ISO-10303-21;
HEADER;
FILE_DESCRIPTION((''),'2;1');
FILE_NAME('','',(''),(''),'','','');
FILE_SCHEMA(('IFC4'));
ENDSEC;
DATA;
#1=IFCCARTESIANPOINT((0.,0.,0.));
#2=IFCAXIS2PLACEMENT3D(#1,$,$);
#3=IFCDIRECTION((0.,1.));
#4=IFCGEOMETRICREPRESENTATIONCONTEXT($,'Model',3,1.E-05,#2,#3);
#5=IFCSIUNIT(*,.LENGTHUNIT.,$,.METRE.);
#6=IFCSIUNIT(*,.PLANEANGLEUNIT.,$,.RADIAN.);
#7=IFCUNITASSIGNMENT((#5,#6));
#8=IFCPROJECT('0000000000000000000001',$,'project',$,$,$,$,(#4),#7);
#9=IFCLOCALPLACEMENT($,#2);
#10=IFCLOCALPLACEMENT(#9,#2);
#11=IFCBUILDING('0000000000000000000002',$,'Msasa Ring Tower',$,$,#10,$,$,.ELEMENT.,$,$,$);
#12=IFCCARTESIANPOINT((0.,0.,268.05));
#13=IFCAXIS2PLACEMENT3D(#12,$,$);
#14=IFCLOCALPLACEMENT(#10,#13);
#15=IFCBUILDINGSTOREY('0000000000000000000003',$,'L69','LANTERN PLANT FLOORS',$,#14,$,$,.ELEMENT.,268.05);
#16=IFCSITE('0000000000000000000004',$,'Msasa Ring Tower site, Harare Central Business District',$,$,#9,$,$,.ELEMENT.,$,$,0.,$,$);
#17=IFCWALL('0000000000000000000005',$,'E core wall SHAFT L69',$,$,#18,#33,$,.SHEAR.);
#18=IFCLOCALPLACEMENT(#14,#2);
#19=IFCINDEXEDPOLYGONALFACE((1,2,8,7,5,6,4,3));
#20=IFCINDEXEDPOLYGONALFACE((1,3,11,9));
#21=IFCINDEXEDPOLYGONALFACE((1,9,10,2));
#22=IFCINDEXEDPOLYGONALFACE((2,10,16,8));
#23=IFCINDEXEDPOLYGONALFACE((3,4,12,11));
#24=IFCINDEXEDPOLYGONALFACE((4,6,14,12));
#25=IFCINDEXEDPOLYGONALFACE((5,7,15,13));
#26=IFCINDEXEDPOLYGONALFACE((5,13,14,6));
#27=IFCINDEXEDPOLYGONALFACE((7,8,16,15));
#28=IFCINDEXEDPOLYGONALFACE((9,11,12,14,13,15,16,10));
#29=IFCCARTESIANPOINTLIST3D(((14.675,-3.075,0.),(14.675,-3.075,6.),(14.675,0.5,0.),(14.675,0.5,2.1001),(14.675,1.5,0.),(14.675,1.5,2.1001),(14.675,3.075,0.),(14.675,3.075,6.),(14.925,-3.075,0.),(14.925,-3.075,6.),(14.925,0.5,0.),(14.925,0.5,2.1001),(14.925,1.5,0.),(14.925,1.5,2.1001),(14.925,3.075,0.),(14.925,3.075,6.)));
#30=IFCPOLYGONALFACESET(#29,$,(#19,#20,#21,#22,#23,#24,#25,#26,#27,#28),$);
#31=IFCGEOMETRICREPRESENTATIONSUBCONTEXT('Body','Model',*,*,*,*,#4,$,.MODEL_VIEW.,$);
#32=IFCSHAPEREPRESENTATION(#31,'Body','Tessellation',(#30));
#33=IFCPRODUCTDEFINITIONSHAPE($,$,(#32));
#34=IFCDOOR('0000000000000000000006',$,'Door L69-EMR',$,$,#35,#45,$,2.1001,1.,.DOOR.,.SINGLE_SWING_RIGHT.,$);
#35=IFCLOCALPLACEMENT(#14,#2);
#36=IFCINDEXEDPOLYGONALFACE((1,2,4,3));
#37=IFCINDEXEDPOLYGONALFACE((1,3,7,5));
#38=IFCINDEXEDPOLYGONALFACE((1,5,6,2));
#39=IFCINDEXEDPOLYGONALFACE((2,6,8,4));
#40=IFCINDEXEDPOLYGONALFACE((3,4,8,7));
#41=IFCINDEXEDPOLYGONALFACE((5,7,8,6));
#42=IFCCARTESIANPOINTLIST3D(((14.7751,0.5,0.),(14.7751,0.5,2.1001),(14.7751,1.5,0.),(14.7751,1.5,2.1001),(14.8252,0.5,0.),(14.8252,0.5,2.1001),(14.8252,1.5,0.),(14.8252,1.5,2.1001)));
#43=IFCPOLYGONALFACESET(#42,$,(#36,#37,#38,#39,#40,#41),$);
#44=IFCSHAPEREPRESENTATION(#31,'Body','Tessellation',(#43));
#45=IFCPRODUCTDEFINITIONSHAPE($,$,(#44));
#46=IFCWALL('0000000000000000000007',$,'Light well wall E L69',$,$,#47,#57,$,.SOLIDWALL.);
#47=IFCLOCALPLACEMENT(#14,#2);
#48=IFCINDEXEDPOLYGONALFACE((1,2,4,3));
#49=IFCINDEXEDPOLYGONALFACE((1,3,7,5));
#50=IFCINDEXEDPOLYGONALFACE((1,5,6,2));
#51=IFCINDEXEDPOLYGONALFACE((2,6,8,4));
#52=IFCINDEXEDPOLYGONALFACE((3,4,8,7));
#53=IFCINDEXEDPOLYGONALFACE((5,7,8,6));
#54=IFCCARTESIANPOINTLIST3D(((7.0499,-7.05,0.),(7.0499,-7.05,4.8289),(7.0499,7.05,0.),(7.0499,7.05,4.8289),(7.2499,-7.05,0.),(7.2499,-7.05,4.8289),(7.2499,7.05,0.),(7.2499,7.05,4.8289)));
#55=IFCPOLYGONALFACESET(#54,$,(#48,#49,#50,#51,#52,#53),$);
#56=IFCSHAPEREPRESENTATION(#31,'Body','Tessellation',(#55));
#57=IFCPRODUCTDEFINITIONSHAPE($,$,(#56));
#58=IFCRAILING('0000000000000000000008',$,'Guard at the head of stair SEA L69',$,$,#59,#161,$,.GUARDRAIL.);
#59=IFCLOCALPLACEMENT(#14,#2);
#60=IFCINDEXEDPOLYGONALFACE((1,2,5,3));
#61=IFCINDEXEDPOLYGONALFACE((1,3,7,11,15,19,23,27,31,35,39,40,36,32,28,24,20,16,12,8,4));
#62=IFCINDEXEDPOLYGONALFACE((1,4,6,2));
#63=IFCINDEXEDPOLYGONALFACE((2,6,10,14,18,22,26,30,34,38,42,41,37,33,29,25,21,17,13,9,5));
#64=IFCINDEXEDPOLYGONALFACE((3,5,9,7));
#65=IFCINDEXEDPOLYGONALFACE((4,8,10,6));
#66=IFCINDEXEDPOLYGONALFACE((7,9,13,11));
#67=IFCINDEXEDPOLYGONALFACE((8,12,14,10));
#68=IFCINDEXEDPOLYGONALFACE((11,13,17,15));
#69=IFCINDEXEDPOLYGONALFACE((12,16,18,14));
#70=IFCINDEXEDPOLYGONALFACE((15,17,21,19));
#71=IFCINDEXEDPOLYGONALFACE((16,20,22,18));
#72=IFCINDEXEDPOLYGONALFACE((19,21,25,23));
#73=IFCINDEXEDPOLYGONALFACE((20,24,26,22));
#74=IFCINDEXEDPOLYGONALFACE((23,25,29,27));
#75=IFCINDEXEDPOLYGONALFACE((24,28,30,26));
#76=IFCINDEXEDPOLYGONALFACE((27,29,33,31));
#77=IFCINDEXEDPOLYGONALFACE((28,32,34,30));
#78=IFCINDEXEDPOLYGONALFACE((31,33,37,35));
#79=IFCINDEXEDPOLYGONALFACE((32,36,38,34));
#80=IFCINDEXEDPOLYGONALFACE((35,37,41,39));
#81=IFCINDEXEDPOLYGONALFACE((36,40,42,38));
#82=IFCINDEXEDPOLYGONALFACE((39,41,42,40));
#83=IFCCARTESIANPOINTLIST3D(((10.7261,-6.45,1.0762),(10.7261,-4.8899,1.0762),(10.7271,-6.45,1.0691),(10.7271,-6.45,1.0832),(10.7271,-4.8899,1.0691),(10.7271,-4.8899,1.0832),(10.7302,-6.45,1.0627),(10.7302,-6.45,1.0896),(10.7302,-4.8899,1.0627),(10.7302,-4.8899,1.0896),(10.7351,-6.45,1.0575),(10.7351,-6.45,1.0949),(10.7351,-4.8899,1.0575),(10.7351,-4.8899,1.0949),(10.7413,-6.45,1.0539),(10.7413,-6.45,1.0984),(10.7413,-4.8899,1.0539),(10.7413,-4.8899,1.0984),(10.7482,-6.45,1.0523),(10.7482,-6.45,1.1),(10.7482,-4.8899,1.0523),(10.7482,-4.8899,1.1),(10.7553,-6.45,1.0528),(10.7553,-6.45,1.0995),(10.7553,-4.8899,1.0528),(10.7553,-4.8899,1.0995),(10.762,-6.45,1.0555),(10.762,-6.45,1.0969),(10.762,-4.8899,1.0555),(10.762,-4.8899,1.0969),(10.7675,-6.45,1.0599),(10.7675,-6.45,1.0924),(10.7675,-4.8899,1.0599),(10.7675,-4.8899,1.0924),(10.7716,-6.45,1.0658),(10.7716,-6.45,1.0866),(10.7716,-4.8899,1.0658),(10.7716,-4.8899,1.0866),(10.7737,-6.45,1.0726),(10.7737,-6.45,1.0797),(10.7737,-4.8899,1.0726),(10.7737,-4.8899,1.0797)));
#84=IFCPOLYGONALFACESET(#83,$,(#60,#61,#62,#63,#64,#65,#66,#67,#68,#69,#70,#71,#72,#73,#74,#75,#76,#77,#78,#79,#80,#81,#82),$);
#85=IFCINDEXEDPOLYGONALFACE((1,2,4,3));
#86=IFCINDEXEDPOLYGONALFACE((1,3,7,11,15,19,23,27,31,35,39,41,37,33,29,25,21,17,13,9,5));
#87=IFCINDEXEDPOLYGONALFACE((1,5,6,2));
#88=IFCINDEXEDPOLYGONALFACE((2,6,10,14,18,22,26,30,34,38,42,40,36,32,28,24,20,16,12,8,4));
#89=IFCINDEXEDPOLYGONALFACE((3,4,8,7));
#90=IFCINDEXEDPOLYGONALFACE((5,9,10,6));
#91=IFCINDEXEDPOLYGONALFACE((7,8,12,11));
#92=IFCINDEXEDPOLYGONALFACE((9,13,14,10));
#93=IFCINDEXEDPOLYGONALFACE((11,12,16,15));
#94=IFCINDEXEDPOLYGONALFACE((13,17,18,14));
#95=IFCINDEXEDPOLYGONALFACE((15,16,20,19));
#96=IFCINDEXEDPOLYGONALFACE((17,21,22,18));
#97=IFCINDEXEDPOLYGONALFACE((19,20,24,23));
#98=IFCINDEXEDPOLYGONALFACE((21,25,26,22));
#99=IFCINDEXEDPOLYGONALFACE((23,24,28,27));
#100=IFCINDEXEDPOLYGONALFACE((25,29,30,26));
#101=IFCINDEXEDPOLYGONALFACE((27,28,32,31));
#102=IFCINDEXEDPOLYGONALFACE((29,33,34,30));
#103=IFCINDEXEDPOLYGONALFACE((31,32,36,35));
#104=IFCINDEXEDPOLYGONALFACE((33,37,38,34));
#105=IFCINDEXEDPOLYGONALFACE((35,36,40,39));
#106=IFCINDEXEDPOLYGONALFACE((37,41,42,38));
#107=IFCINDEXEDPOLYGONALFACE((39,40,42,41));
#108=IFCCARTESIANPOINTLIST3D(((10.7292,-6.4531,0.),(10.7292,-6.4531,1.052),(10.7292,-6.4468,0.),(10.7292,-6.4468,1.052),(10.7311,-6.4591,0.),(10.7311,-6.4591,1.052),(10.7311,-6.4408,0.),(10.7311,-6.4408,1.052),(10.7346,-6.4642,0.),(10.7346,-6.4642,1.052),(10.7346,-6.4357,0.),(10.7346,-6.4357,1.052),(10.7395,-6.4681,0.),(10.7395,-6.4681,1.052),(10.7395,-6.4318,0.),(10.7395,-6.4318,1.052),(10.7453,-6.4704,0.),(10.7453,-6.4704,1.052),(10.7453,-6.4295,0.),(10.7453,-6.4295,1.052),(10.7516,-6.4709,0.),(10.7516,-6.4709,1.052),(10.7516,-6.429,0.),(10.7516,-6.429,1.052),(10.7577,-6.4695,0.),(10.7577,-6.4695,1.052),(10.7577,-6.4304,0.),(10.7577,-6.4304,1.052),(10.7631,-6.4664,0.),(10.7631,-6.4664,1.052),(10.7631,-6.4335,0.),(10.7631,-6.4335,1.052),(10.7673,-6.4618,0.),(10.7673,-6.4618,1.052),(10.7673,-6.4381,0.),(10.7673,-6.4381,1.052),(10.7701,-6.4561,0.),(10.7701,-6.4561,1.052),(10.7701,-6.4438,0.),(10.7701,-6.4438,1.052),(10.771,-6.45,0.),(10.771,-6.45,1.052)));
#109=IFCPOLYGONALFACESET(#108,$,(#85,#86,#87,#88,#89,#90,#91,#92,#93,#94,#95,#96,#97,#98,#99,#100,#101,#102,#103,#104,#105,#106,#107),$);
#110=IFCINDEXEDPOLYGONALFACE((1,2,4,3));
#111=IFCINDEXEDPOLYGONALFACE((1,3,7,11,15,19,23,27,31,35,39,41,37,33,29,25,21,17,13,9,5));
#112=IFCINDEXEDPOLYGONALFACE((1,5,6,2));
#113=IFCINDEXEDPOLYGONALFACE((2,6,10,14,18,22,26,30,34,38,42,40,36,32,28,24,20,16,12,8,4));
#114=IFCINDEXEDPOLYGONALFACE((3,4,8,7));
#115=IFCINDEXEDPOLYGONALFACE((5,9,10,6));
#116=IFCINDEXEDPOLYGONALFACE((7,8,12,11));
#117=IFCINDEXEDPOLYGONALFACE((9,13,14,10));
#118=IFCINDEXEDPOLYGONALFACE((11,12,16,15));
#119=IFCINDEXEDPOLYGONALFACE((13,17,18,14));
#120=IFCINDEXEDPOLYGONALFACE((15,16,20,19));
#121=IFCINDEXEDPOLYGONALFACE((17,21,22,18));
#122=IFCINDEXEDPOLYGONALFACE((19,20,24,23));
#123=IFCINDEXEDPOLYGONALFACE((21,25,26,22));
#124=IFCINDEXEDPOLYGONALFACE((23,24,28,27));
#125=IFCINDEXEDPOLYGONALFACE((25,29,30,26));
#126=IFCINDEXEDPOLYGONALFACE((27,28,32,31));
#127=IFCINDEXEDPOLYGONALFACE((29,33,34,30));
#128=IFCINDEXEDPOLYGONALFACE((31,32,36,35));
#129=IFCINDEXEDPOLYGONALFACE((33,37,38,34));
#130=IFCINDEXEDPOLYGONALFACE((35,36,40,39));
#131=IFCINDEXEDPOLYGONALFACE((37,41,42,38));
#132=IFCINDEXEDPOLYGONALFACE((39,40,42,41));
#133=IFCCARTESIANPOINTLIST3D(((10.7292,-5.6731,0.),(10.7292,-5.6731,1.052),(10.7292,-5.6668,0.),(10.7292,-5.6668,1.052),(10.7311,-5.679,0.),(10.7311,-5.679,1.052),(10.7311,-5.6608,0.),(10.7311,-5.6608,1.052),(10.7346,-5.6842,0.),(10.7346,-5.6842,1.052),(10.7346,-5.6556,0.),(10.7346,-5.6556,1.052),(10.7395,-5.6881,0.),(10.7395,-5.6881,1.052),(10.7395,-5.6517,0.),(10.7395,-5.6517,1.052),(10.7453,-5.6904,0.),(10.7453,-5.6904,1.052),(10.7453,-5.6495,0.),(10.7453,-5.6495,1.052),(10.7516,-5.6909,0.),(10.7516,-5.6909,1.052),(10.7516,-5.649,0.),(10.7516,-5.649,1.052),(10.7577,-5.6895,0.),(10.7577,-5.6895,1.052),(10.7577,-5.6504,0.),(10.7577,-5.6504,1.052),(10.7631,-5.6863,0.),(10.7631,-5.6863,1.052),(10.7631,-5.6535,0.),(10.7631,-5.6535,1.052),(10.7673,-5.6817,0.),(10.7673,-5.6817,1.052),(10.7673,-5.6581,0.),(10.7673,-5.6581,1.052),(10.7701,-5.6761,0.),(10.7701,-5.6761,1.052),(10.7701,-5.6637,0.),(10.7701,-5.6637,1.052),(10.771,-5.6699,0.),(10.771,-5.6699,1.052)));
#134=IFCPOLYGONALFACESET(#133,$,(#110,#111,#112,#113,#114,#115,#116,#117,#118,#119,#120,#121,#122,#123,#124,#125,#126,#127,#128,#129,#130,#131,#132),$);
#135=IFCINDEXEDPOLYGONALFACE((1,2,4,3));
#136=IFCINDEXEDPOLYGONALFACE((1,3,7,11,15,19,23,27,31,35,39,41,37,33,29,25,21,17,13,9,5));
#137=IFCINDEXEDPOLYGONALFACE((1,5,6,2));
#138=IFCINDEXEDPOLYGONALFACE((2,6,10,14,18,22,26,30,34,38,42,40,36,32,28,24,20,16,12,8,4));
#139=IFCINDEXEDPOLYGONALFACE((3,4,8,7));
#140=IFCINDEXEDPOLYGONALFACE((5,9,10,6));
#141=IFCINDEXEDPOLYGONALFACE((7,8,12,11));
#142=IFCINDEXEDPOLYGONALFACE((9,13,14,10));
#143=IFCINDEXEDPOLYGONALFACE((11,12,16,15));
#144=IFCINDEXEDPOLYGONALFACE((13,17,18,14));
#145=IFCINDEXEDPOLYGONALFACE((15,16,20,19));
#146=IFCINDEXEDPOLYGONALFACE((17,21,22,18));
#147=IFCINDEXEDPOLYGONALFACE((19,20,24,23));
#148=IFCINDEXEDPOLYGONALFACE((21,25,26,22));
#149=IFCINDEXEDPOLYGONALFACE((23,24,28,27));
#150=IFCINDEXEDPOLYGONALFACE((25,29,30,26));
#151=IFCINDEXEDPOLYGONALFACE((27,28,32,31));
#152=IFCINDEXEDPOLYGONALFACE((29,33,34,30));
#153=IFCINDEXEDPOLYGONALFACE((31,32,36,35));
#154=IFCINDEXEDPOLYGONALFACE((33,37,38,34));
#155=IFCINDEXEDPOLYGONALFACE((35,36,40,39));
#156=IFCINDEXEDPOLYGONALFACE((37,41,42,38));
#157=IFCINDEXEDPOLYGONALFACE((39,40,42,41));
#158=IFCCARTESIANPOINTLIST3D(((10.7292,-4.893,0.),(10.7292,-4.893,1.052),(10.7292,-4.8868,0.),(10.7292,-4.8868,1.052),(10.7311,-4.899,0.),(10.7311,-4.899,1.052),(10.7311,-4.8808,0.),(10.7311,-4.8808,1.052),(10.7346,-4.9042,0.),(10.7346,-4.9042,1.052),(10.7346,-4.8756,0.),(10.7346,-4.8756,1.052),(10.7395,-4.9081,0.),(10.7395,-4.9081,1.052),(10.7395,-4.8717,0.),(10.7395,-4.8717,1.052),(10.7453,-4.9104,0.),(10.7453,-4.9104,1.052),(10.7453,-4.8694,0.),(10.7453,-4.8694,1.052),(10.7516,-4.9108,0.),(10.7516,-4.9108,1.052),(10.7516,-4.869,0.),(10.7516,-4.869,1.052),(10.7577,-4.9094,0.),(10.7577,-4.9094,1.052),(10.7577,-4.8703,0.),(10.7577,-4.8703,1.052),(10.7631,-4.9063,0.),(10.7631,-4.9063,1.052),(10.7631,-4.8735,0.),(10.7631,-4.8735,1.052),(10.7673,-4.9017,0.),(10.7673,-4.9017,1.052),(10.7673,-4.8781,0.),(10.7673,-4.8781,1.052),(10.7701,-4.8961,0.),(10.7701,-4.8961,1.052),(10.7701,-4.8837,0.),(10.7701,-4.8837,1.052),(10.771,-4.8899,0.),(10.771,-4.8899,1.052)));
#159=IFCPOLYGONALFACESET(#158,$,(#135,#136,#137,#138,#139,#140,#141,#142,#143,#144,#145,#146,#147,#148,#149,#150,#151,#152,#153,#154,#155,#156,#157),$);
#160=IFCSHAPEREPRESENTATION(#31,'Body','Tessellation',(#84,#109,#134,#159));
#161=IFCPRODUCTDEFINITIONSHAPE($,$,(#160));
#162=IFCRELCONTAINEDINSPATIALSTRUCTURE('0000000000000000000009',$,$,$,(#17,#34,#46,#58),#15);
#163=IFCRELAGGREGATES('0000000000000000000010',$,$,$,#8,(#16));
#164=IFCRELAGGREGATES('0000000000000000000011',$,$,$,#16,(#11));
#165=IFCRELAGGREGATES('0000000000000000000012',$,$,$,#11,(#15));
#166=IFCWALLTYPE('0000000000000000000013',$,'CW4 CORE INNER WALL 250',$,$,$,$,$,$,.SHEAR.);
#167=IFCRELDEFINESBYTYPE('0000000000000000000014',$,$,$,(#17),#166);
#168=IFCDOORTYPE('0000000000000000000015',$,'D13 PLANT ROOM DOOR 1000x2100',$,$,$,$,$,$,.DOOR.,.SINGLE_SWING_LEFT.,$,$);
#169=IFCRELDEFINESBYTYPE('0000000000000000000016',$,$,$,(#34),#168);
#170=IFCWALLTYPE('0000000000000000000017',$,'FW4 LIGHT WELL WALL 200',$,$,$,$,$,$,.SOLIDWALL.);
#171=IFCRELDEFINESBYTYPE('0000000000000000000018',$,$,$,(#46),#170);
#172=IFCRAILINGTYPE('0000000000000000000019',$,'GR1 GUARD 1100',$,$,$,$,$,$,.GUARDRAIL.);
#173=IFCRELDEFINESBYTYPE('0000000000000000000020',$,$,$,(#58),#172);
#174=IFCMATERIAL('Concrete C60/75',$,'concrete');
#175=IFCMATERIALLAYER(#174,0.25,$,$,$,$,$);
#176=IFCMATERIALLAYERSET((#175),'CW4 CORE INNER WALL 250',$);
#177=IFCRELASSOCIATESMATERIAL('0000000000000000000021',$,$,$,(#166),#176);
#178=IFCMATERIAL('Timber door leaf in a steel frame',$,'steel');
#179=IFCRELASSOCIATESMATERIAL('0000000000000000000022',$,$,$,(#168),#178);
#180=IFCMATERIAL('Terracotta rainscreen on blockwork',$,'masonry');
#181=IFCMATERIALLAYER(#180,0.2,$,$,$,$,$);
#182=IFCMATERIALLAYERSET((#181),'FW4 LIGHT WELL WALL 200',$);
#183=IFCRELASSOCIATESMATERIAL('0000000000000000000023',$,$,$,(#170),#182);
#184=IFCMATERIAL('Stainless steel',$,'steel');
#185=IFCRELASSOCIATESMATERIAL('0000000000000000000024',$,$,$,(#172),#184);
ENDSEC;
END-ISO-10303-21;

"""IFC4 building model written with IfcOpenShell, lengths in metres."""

from ifc_helpers import new_model, si_unit, direction, frame, frame_2d, origin, origin_2d, place, context, subcontext, project, spatial, rectangle, circle, extrude, material, layer, layer_set, type_object, element, fill, save


model = new_model("IFC4")

# Units and contexts
model_context = context("Model", 3, precision=1e-05, world=origin(), true_north=direction((0.0, 1.0)))
body_context = subcontext(model_context, "Body", "Model", "MODEL_VIEW")
ifc_project = project(units=[si_unit("LENGTHUNIT", "METRE"), si_unit("PLANEANGLEUNIT", "RADIAN")], contexts=[model_context])

# Site, building, storey
site_placement = place(None, origin())
site = spatial("IfcSite", under=ifc_project, at=site_placement, Name="Msasa Ring Tower site, Harare Central Business District", CompositionType="ELEMENT", RefElevation=0.0)
building_placement = place(site_placement, origin())
building = spatial("IfcBuilding", under=site, at=building_placement, Name="Msasa Ring Tower", CompositionType="ELEMENT")
storey_placement = place(building_placement, frame((0.0, 0.0, 268.05)))
storey = spatial("IfcBuildingStorey", under=building, at=storey_placement, Name="L69", Description="LANTERN PLANT FLOORS", CompositionType="ELEMENT", Elevation=268.05)

# Shared definitions
ifc_material_1 = material(Name="Concrete C60/75", Category="concrete")
ifc_layer_1 = layer(ifc_material_1, 0.25)
ifc_layer_set_1 = layer_set([ifc_layer_1], Name="CW4 CORE INNER WALL 250")
wall_type_1 = type_object("IfcWallType", Name="CW4 CORE INNER WALL 250", PredefinedType="SHEAR", material=ifc_layer_set_1)

# Wall, opening, door
wall_1_placement = place(storey_placement, frame((14.8, -3.075, 0.0), z_axis=(0.0, 0.0, 1.0), x_axis=(0.0, 1.0, 0.0)))
wall_1 = element("IfcWall", 1, at=wall_1_placement, inside=storey, type_object=wall_type_1, Name="E core wall SHAFT L69", PredefinedType="SHEAR", context=body_context, shape_type="SweptSolid", body=[
    extrude(rectangle(XDim=6.1499, YDim=0.25, at=frame_2d((3.075, 0.0))), origin(), (0.0, 0.0, 1.0), 6.0),
])
opening_1_placement = place(wall_1_placement, frame((3.575, 0.0, 0.0)))
opening_1 = element("IfcOpeningElement", 2, at=opening_1_placement, cuts=wall_1, PredefinedType="OPENING", context=body_context, shape_type="SweptSolid", body=[
    extrude(rectangle(XDim=1.0, YDim=2.1001, at=frame_2d((0.5, 1.05))), frame((0.0, 0.135, 0.0), z_axis=(0.0, -1.0, 0.0), x_axis=(1.0, 0.0, 0.0)), (0.0, 0.0, 1.0), 0.27),
])
ifc_material_2 = material(Name="Timber door leaf in a steel frame", Category="steel")
door_type_1 = type_object("IfcDoorType", Name="D13 PLANT ROOM DOOR 1000x2100", OperationType="SINGLE_SWING_LEFT", PredefinedType="DOOR", material=ifc_material_2)
door_1_placement = place(opening_1_placement, origin())
door_1 = element("IfcDoor", 3, at=door_1_placement, inside=storey, type_object=door_type_1, Name="Door L69-EMR", OperationType="SINGLE_SWING_RIGHT", OverallHeight=2.1001, OverallWidth=1.0, PredefinedType="DOOR", context=body_context, shape_type="SweptSolid", body=[
    extrude(rectangle(XDim=1.0, YDim=2.1001, at=frame_2d((0.5, 1.05))), frame((0.0, 0.0249, 0.0), z_axis=(0.0, -1.0, 0.0), x_axis=(1.0, 0.0, 0.0)), (0.0, 0.0, 1.0), 0.05),
])
fill(opening_1, door_1)

# Wall
ifc_material_3 = material(Name="Terracotta rainscreen on blockwork", Category="masonry")
ifc_layer_2 = layer(ifc_material_3, 0.2)
ifc_layer_set_2 = layer_set([ifc_layer_2], Name="FW4 LIGHT WELL WALL 200")
wall_type_2 = type_object("IfcWallType", Name="FW4 LIGHT WELL WALL 200", PredefinedType="SOLIDWALL", material=ifc_layer_set_2)
wall_2_placement = place(storey_placement, frame((7.1499, -7.05, 0.0), z_axis=(0.0, 0.0, 1.0), x_axis=(0.0, 1.0, 0.0)))
element("IfcWall", 4, at=wall_2_placement, inside=storey, type_object=wall_type_2, Name="Light well wall E L69", PredefinedType="SOLIDWALL", context=body_context, shape_type="SweptSolid", body=[
    extrude(rectangle(XDim=14.1001, YDim=0.2, at=frame_2d((7.05, 0.0))), origin(), (0.0, 0.0, 1.0), 4.8289),
])

# Railing
ifc_material_4 = material(Name="Stainless steel", Category="steel")
railing_type = type_object("IfcRailingType", Name="GR1 GUARD 1100", PredefinedType="GUARDRAIL", material=ifc_material_4)
railing_placement = place(storey_placement, frame((10.75, -6.45, 0.0)))
element("IfcRailing", 5, at=railing_placement, inside=storey, type_object=railing_type, Name="Guard at the head of stair SEA L69", PredefinedType="GUARDRAIL", context=body_context, shape_type="SweptSolid", body=[
    extrude(circle(Radius=0.0239, at=origin_2d()), frame((0.0, 0.0, 1.0762), z_axis=(0.0, 1.0, 0.0), x_axis=(-1.0, 0.0, 0.0)), (0.0, 0.0, 1.0), 1.5601),
    extrude(circle(Radius=0.021, at=origin_2d()), origin(), (0.0, 0.0, 1.0), 1.052),
    extrude(circle(Radius=0.021, at=origin_2d()), frame((0.0, 0.78, 0.0)), (0.0, 0.0, 1.0), 1.052),
    extrude(circle(Radius=0.021, at=origin_2d()), frame((0.0, 1.5601, 0.0)), (0.0, 0.0, 1.0), 1.052),
])

save(model, "model.ifc")
